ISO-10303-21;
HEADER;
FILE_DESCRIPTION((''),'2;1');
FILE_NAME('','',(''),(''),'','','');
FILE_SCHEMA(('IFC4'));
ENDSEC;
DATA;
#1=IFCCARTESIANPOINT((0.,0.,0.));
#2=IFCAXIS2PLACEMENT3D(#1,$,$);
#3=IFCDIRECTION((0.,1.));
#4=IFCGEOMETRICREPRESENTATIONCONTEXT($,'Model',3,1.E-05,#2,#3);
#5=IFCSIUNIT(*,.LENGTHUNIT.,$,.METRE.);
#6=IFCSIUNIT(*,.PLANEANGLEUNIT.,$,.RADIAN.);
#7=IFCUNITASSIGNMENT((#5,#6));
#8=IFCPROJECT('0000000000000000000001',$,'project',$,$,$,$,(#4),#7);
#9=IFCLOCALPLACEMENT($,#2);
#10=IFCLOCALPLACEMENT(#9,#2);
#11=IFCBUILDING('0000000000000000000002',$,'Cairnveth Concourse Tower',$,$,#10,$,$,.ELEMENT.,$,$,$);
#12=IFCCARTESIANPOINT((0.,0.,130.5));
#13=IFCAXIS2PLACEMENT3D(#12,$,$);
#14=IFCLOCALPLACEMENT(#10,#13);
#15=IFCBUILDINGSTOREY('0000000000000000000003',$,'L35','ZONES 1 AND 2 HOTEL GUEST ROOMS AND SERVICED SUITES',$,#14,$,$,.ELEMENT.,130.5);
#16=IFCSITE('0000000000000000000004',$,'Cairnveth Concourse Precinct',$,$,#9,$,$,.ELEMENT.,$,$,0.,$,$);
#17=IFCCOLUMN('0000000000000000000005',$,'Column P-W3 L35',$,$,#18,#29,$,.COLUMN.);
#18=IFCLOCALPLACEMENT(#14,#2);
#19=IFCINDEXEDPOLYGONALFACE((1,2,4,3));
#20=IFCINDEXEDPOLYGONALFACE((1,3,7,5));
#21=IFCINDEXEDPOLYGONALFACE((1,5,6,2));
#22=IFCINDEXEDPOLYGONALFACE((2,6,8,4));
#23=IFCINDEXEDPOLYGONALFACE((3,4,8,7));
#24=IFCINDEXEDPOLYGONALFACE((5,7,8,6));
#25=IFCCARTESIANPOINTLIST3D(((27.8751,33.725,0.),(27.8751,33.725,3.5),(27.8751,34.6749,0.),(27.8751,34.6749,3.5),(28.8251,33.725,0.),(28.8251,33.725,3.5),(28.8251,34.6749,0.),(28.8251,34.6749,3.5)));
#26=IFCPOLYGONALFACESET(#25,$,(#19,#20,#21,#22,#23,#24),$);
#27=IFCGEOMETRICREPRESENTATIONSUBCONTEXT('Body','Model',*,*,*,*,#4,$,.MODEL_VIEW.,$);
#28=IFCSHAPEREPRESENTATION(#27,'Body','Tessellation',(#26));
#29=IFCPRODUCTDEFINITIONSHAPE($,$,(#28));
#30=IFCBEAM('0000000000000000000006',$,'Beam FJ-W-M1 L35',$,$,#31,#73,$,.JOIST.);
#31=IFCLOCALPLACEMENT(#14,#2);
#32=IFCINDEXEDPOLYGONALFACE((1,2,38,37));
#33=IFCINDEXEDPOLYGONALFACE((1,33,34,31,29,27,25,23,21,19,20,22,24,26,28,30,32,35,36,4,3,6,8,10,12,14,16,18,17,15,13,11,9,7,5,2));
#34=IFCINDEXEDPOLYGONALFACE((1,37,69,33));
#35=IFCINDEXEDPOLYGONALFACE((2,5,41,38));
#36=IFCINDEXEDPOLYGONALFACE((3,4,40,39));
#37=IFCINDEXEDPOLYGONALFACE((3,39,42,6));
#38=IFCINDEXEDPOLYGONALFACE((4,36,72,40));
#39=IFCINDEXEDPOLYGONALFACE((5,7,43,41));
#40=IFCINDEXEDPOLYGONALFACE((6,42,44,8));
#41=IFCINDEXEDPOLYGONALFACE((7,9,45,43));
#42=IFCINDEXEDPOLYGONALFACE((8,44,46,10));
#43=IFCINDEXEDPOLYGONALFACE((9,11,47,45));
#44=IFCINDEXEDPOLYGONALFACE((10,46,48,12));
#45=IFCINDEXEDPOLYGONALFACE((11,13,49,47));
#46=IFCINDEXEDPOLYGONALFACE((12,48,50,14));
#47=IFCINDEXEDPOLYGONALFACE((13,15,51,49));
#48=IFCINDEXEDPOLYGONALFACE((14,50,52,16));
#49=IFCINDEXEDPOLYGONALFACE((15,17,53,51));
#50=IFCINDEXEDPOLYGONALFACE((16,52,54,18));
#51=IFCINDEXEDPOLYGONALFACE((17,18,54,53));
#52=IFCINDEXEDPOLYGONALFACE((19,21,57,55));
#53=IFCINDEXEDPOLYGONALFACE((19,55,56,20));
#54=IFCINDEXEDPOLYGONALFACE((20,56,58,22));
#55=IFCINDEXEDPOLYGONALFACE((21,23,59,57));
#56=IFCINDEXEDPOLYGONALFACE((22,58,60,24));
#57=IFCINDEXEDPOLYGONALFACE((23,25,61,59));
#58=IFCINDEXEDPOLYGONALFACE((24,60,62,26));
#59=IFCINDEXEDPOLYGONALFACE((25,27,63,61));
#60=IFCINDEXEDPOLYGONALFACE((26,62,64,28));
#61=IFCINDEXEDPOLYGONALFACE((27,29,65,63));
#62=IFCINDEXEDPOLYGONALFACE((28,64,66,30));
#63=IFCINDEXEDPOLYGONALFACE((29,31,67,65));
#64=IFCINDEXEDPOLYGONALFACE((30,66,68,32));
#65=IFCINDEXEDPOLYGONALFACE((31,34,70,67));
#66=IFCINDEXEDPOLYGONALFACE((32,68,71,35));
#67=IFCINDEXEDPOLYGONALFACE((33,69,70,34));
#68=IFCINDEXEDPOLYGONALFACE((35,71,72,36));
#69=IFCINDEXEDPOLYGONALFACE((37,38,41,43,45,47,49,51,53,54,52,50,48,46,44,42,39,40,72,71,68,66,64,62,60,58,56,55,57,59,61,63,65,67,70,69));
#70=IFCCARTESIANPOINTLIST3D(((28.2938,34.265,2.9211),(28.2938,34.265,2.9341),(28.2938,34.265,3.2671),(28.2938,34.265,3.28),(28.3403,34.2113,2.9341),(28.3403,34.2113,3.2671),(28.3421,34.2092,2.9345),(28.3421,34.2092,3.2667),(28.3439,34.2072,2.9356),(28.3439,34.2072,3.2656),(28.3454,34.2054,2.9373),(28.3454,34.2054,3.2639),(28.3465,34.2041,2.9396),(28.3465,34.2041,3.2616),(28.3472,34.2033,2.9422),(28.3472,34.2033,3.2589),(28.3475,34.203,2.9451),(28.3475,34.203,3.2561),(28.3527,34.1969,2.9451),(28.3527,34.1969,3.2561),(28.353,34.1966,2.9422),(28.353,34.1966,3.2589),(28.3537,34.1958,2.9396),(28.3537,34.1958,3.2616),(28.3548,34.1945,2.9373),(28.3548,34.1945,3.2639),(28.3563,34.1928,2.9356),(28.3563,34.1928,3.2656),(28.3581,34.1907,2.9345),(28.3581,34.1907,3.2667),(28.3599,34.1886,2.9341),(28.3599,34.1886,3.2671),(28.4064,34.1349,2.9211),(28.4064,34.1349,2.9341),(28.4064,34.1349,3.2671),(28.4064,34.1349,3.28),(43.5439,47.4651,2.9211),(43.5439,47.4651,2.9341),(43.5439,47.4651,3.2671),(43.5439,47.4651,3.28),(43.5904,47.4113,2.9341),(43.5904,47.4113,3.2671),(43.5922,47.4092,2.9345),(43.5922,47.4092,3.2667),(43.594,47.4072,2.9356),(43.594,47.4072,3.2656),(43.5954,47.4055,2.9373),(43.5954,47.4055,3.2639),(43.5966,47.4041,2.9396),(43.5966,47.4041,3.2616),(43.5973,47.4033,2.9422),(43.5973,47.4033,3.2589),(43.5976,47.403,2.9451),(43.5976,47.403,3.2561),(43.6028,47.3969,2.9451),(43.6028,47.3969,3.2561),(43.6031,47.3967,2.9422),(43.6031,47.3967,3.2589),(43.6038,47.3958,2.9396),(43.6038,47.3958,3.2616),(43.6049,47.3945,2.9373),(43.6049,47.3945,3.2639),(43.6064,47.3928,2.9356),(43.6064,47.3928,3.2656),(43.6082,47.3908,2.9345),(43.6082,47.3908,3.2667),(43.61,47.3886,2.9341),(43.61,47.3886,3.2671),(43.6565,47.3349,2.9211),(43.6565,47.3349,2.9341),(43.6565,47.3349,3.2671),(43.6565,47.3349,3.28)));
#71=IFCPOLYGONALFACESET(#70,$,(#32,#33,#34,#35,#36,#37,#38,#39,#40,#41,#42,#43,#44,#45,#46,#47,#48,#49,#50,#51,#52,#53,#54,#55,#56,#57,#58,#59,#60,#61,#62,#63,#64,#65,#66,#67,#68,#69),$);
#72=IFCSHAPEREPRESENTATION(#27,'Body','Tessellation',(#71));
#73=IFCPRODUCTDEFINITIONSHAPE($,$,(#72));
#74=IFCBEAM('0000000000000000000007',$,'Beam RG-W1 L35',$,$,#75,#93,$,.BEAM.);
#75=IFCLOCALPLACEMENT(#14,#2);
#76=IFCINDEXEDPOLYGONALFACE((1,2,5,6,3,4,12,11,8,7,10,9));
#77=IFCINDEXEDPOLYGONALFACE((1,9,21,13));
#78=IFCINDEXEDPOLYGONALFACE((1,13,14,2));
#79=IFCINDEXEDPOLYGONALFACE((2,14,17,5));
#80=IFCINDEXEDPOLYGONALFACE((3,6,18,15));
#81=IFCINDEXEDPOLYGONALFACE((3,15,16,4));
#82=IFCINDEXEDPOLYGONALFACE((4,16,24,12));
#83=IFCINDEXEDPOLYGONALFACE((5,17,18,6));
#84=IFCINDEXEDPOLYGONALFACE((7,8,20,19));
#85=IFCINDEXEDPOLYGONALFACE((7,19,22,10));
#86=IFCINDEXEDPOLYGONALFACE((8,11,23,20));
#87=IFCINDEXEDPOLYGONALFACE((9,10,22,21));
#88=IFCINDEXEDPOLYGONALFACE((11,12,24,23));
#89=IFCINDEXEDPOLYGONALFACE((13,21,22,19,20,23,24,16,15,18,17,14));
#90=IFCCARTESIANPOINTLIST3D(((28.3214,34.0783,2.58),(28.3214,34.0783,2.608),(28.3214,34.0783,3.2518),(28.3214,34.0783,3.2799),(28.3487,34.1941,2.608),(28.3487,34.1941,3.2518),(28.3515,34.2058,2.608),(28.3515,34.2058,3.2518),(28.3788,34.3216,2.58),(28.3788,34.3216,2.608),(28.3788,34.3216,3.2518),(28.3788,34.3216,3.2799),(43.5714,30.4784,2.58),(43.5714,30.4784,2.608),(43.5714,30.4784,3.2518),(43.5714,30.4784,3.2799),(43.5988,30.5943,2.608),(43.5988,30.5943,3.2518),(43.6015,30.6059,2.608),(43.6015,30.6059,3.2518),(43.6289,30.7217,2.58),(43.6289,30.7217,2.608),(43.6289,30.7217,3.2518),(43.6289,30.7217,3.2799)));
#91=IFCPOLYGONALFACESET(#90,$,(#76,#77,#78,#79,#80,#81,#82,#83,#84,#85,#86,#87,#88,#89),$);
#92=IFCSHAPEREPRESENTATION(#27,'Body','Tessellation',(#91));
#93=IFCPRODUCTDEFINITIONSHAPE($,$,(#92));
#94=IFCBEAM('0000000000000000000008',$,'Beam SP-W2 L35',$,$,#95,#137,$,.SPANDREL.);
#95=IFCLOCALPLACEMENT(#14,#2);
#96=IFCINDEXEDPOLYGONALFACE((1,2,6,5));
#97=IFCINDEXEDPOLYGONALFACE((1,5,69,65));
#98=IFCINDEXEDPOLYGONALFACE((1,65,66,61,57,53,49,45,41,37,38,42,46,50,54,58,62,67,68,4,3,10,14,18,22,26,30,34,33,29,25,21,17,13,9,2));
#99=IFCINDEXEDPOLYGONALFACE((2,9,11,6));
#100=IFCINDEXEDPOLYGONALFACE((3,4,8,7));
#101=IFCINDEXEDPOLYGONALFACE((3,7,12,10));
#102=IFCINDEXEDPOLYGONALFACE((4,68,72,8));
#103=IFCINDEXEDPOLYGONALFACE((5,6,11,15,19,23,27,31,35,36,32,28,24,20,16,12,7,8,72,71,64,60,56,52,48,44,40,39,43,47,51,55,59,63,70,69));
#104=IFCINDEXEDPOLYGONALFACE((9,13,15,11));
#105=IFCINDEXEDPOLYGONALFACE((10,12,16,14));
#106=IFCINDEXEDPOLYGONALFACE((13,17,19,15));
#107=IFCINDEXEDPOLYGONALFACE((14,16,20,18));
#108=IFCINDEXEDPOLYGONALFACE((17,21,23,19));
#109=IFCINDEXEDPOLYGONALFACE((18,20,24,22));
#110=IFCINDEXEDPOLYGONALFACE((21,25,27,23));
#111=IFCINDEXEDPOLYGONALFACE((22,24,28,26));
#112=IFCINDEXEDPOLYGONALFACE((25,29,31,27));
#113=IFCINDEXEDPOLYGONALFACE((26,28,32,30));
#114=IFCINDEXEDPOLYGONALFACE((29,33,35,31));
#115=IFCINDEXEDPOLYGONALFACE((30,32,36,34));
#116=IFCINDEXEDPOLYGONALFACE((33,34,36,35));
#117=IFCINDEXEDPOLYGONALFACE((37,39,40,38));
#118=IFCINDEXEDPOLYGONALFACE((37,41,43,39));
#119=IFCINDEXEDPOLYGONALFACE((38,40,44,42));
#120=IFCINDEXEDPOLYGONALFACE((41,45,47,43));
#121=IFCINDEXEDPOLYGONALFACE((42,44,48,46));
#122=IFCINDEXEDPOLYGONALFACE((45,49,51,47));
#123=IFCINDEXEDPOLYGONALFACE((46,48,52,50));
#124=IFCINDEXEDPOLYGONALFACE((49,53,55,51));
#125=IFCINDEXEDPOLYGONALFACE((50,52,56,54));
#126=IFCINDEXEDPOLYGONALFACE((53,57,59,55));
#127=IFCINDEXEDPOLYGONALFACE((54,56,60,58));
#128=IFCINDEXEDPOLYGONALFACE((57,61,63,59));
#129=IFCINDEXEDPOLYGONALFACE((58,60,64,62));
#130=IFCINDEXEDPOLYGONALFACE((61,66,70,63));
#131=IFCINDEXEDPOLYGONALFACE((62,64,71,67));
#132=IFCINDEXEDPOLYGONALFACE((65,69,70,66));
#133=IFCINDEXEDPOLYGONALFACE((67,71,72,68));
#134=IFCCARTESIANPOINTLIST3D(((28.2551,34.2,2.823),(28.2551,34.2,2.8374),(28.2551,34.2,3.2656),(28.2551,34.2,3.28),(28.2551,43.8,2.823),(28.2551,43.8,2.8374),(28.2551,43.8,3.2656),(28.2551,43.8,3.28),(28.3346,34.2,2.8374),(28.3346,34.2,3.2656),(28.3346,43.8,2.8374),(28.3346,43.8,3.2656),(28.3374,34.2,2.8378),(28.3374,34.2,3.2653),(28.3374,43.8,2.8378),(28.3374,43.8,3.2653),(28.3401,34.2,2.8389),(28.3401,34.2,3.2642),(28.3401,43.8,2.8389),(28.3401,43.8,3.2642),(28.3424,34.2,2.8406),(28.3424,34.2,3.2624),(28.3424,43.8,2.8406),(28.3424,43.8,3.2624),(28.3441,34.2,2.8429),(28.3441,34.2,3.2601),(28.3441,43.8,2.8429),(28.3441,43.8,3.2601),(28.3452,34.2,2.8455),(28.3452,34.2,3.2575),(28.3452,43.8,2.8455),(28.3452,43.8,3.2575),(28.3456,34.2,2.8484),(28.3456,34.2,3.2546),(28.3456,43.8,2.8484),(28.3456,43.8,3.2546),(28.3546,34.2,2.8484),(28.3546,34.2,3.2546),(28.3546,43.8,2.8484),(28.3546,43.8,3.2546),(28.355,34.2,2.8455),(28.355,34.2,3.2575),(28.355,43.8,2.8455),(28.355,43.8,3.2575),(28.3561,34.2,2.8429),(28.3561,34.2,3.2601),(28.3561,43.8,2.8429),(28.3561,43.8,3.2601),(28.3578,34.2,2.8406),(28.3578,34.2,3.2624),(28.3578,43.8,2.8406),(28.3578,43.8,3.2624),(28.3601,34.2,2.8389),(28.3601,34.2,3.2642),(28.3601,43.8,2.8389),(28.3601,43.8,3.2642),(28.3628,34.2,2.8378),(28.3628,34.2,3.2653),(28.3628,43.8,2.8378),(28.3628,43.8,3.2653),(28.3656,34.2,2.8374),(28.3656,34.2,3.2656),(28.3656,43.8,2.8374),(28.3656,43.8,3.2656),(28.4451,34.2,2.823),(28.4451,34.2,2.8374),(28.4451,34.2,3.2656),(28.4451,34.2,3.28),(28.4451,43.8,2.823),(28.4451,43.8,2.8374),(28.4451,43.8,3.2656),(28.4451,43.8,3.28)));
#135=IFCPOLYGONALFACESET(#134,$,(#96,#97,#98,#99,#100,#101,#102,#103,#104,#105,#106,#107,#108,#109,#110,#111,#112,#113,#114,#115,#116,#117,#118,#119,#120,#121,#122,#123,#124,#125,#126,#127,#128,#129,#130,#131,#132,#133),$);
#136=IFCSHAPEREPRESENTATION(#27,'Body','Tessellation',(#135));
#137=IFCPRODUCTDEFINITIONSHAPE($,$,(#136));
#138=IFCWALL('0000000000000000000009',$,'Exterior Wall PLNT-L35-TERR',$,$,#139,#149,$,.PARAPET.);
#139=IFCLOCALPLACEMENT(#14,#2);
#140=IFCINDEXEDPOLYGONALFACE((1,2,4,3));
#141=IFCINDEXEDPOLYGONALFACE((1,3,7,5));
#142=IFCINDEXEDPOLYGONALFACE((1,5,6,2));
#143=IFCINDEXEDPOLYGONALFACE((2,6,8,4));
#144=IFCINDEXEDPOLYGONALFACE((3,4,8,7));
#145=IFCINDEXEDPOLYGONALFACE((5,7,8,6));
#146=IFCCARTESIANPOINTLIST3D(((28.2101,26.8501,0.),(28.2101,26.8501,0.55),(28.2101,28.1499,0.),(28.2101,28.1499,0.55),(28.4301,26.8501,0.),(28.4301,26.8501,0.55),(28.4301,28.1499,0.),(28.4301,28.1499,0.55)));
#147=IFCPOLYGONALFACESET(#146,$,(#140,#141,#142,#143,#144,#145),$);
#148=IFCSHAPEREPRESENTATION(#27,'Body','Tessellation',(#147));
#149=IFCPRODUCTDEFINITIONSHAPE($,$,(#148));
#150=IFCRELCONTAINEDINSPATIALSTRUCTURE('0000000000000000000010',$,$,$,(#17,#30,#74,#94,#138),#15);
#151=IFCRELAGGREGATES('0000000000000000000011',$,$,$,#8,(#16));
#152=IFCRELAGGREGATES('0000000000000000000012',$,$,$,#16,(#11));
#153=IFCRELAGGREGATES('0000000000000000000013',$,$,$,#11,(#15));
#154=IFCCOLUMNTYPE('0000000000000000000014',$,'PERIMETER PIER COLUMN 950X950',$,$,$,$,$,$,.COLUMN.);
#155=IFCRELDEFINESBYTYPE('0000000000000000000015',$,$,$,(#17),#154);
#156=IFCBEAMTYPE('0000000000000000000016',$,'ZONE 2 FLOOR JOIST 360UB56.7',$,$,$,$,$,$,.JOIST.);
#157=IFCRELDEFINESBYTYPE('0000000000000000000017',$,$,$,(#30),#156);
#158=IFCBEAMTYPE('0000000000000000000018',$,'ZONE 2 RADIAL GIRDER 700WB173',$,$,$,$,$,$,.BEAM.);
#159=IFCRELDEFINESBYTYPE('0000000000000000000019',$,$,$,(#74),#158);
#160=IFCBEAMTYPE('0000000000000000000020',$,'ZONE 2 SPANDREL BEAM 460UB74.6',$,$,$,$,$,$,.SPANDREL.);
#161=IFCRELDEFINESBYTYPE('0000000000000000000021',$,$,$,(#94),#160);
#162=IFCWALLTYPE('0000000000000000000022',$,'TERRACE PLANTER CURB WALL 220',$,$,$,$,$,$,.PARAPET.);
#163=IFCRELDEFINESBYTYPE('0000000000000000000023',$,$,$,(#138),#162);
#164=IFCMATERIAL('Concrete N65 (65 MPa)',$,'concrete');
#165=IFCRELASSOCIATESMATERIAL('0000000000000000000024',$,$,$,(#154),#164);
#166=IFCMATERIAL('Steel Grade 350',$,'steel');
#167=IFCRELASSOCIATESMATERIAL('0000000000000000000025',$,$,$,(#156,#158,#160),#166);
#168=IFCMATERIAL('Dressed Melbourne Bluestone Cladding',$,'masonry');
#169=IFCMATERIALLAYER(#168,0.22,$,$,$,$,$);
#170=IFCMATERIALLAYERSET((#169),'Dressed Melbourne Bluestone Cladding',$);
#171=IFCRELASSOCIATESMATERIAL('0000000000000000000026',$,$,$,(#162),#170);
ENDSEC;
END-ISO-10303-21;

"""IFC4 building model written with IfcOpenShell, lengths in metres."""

from ifc_helpers import new_model, si_unit, direction, frame, frame_2d, origin, origin_2d, place, context, subcontext, project, spatial, rectangle, i_section, extrude, material, layer, layer_set, material_profile, profile_set, type_object, element, save


model = new_model("IFC4")

# Units and contexts
model_context = context("Model", 3, precision=1e-05, world=origin(), true_north=direction((0.0, 1.0)))
body_context = subcontext(model_context, "Body", "Model", "MODEL_VIEW")
ifc_project = project(units=[si_unit("LENGTHUNIT", "METRE"), si_unit("PLANEANGLEUNIT", "RADIAN")], contexts=[model_context])

# Site, building, storey
site_placement = place(None, origin())
site = spatial("IfcSite", under=ifc_project, at=site_placement, Name="Cairnveth Concourse Precinct", CompositionType="ELEMENT", RefElevation=0.0)
building_placement = place(site_placement, origin())
building = spatial("IfcBuilding", under=site, at=building_placement, Name="Cairnveth Concourse Tower", CompositionType="ELEMENT")
storey_placement = place(building_placement, frame((0.0, 0.0, 130.5)))
storey = spatial("IfcBuildingStorey", under=building, at=storey_placement, Name="L35", Description="ZONES 1 AND 2 HOTEL GUEST ROOMS AND SERVICED SUITES", CompositionType="ELEMENT", Elevation=130.5)

# Column
ifc_material_1 = material(Name="Concrete N65 (65 MPa)", Category="concrete")
ifc_material_profile_1 = material_profile(ifc_material_1, rectangle(XDim=0.95, YDim=0.95, at=origin_2d()), Name="RC-COL-950x950")
ifc_profile_set_1 = profile_set([ifc_material_profile_1], Name="Concrete N65 (65 MPa)")
column_type = type_object("IfcColumnType", Name="PERIMETER PIER COLUMN 950X950", PredefinedType="COLUMN", material=ifc_profile_set_1)
column_placement = place(storey_placement, frame((28.3501, 34.2, 0.0), z_axis=(0.0, 0.0, 1.0), x_axis=(0.0, 1.0, 0.0)))
element("IfcColumn", 1, at=column_placement, inside=storey, type_object=column_type, Name="Column P-W3 L35", PredefinedType="COLUMN", context=body_context, shape_type="SweptSolid", body=[
    extrude(rectangle(XDim=0.95, YDim=0.95, at=origin_2d()), origin(), (0.0, 0.0, 1.0), 3.5),
])

# Beams
ifc_material_2 = material(Name="Steel Grade 350", Category="steel")
ifc_material_profile_2 = material_profile(ifc_material_2, i_section(OverallWidth=0.1721, OverallDepth=0.3589, WebThickness=0.0081, FlangeThickness=0.0129, FilletRadius=0.011, at=origin_2d()), Name="360UB56.7")
ifc_profile_set_2 = profile_set([ifc_material_profile_2], Name="Steel Grade 350")
beam_type_1 = type_object("IfcBeamType", Name="ZONE 2 FLOOR JOIST 360UB56.7", PredefinedType="JOIST", material=ifc_profile_set_2)
beam_1_placement = place(storey_placement, frame((28.3501, 34.2, 3.1006), z_axis=(0.756099, 0.654457, 0.0), x_axis=(-0.654457, 0.756099, 0.0)))
element("IfcBeam", 2, at=beam_1_placement, inside=storey, type_object=beam_type_1, Name="Beam FJ-W-M1 L35", PredefinedType="JOIST", context=body_context, shape_type="SweptSolid", body=[
    extrude(i_section(OverallWidth=0.1721, OverallDepth=0.3589, WebThickness=0.0081, FlangeThickness=0.0129, FilletRadius=0.011, at=origin_2d()), origin(), (0.0, 0.0, 1.0), 20.1694),
])
ifc_material_profile_3 = material_profile(ifc_material_2, i_section(OverallWidth=0.25, OverallDepth=0.7, WebThickness=0.012, FlangeThickness=0.0281, at=origin_2d()), Name="700WB173")
ifc_profile_set_3 = profile_set([ifc_material_profile_3], Name="Steel Grade 350")
beam_type_2 = type_object("IfcBeamType", Name="ZONE 2 RADIAL GIRDER 700WB173", PredefinedType="BEAM", material=ifc_profile_set_3)
beam_2_placement = place(storey_placement, frame((28.3501, 34.2, 2.9299), z_axis=(0.973252, -0.229742, 0.0), x_axis=(0.229742, 0.973252, 0.0)))
element("IfcBeam", 3, at=beam_2_placement, inside=storey, type_object=beam_type_2, Name="Beam RG-W1 L35", PredefinedType="BEAM", context=body_context, shape_type="SweptSolid", body=[
    extrude(i_section(OverallWidth=0.25, OverallDepth=0.7, WebThickness=0.012, FlangeThickness=0.0281, at=origin_2d()), origin(), (0.0, 0.0, 1.0), 15.6692),
])
ifc_material_profile_4 = material_profile(ifc_material_2, i_section(OverallWidth=0.1899, OverallDepth=0.457, WebThickness=0.009, FlangeThickness=0.0144, FilletRadius=0.011, at=origin_2d()), Name="460UB74.6")
ifc_profile_set_4 = profile_set([ifc_material_profile_4], Name="Steel Grade 350")
beam_type_3 = type_object("IfcBeamType", Name="ZONE 2 SPANDREL BEAM 460UB74.6", PredefinedType="SPANDREL", material=ifc_profile_set_4)
beam_3_placement = place(storey_placement, frame((28.3501, 34.2, 3.0515), z_axis=(0.0, 1.0, 0.0), x_axis=(-1.0, 0.0, 0.0)))
element("IfcBeam", 4, at=beam_3_placement, inside=storey, type_object=beam_type_3, Name="Beam SP-W2 L35", PredefinedType="SPANDREL", context=body_context, shape_type="SweptSolid", body=[
    extrude(i_section(OverallWidth=0.1899, OverallDepth=0.457, WebThickness=0.009, FlangeThickness=0.0144, FilletRadius=0.011, at=origin_2d()), origin(), (0.0, 0.0, 1.0), 9.6001),
])

# Wall
ifc_material_3 = material(Name="Dressed Melbourne Bluestone Cladding", Category="masonry")
ifc_layer_1 = layer(ifc_material_3, 0.22)
ifc_layer_set_1 = layer_set([ifc_layer_1], Name="Dressed Melbourne Bluestone Cladding")
wall_type_1 = type_object("IfcWallType", Name="TERRACE PLANTER CURB WALL 220", PredefinedType="PARAPET", material=ifc_layer_set_1)
wall_1_placement = place(storey_placement, frame((28.3201, 26.8501, 0.0), z_axis=(0.0, 0.0, 1.0), x_axis=(0.0, 1.0, 0.0)))
element("IfcWall", 5, at=wall_1_placement, inside=storey, type_object=wall_type_1, Name="Exterior Wall PLNT-L35-TERR", PredefinedType="PARAPET", context=body_context, shape_type="SweptSolid", body=[
    extrude(rectangle(XDim=1.2998, YDim=0.22, at=frame_2d((0.6499, 0.0))), origin(), (0.0, 0.0, 1.0), 0.55),
])

save(model, "model.ifc")
